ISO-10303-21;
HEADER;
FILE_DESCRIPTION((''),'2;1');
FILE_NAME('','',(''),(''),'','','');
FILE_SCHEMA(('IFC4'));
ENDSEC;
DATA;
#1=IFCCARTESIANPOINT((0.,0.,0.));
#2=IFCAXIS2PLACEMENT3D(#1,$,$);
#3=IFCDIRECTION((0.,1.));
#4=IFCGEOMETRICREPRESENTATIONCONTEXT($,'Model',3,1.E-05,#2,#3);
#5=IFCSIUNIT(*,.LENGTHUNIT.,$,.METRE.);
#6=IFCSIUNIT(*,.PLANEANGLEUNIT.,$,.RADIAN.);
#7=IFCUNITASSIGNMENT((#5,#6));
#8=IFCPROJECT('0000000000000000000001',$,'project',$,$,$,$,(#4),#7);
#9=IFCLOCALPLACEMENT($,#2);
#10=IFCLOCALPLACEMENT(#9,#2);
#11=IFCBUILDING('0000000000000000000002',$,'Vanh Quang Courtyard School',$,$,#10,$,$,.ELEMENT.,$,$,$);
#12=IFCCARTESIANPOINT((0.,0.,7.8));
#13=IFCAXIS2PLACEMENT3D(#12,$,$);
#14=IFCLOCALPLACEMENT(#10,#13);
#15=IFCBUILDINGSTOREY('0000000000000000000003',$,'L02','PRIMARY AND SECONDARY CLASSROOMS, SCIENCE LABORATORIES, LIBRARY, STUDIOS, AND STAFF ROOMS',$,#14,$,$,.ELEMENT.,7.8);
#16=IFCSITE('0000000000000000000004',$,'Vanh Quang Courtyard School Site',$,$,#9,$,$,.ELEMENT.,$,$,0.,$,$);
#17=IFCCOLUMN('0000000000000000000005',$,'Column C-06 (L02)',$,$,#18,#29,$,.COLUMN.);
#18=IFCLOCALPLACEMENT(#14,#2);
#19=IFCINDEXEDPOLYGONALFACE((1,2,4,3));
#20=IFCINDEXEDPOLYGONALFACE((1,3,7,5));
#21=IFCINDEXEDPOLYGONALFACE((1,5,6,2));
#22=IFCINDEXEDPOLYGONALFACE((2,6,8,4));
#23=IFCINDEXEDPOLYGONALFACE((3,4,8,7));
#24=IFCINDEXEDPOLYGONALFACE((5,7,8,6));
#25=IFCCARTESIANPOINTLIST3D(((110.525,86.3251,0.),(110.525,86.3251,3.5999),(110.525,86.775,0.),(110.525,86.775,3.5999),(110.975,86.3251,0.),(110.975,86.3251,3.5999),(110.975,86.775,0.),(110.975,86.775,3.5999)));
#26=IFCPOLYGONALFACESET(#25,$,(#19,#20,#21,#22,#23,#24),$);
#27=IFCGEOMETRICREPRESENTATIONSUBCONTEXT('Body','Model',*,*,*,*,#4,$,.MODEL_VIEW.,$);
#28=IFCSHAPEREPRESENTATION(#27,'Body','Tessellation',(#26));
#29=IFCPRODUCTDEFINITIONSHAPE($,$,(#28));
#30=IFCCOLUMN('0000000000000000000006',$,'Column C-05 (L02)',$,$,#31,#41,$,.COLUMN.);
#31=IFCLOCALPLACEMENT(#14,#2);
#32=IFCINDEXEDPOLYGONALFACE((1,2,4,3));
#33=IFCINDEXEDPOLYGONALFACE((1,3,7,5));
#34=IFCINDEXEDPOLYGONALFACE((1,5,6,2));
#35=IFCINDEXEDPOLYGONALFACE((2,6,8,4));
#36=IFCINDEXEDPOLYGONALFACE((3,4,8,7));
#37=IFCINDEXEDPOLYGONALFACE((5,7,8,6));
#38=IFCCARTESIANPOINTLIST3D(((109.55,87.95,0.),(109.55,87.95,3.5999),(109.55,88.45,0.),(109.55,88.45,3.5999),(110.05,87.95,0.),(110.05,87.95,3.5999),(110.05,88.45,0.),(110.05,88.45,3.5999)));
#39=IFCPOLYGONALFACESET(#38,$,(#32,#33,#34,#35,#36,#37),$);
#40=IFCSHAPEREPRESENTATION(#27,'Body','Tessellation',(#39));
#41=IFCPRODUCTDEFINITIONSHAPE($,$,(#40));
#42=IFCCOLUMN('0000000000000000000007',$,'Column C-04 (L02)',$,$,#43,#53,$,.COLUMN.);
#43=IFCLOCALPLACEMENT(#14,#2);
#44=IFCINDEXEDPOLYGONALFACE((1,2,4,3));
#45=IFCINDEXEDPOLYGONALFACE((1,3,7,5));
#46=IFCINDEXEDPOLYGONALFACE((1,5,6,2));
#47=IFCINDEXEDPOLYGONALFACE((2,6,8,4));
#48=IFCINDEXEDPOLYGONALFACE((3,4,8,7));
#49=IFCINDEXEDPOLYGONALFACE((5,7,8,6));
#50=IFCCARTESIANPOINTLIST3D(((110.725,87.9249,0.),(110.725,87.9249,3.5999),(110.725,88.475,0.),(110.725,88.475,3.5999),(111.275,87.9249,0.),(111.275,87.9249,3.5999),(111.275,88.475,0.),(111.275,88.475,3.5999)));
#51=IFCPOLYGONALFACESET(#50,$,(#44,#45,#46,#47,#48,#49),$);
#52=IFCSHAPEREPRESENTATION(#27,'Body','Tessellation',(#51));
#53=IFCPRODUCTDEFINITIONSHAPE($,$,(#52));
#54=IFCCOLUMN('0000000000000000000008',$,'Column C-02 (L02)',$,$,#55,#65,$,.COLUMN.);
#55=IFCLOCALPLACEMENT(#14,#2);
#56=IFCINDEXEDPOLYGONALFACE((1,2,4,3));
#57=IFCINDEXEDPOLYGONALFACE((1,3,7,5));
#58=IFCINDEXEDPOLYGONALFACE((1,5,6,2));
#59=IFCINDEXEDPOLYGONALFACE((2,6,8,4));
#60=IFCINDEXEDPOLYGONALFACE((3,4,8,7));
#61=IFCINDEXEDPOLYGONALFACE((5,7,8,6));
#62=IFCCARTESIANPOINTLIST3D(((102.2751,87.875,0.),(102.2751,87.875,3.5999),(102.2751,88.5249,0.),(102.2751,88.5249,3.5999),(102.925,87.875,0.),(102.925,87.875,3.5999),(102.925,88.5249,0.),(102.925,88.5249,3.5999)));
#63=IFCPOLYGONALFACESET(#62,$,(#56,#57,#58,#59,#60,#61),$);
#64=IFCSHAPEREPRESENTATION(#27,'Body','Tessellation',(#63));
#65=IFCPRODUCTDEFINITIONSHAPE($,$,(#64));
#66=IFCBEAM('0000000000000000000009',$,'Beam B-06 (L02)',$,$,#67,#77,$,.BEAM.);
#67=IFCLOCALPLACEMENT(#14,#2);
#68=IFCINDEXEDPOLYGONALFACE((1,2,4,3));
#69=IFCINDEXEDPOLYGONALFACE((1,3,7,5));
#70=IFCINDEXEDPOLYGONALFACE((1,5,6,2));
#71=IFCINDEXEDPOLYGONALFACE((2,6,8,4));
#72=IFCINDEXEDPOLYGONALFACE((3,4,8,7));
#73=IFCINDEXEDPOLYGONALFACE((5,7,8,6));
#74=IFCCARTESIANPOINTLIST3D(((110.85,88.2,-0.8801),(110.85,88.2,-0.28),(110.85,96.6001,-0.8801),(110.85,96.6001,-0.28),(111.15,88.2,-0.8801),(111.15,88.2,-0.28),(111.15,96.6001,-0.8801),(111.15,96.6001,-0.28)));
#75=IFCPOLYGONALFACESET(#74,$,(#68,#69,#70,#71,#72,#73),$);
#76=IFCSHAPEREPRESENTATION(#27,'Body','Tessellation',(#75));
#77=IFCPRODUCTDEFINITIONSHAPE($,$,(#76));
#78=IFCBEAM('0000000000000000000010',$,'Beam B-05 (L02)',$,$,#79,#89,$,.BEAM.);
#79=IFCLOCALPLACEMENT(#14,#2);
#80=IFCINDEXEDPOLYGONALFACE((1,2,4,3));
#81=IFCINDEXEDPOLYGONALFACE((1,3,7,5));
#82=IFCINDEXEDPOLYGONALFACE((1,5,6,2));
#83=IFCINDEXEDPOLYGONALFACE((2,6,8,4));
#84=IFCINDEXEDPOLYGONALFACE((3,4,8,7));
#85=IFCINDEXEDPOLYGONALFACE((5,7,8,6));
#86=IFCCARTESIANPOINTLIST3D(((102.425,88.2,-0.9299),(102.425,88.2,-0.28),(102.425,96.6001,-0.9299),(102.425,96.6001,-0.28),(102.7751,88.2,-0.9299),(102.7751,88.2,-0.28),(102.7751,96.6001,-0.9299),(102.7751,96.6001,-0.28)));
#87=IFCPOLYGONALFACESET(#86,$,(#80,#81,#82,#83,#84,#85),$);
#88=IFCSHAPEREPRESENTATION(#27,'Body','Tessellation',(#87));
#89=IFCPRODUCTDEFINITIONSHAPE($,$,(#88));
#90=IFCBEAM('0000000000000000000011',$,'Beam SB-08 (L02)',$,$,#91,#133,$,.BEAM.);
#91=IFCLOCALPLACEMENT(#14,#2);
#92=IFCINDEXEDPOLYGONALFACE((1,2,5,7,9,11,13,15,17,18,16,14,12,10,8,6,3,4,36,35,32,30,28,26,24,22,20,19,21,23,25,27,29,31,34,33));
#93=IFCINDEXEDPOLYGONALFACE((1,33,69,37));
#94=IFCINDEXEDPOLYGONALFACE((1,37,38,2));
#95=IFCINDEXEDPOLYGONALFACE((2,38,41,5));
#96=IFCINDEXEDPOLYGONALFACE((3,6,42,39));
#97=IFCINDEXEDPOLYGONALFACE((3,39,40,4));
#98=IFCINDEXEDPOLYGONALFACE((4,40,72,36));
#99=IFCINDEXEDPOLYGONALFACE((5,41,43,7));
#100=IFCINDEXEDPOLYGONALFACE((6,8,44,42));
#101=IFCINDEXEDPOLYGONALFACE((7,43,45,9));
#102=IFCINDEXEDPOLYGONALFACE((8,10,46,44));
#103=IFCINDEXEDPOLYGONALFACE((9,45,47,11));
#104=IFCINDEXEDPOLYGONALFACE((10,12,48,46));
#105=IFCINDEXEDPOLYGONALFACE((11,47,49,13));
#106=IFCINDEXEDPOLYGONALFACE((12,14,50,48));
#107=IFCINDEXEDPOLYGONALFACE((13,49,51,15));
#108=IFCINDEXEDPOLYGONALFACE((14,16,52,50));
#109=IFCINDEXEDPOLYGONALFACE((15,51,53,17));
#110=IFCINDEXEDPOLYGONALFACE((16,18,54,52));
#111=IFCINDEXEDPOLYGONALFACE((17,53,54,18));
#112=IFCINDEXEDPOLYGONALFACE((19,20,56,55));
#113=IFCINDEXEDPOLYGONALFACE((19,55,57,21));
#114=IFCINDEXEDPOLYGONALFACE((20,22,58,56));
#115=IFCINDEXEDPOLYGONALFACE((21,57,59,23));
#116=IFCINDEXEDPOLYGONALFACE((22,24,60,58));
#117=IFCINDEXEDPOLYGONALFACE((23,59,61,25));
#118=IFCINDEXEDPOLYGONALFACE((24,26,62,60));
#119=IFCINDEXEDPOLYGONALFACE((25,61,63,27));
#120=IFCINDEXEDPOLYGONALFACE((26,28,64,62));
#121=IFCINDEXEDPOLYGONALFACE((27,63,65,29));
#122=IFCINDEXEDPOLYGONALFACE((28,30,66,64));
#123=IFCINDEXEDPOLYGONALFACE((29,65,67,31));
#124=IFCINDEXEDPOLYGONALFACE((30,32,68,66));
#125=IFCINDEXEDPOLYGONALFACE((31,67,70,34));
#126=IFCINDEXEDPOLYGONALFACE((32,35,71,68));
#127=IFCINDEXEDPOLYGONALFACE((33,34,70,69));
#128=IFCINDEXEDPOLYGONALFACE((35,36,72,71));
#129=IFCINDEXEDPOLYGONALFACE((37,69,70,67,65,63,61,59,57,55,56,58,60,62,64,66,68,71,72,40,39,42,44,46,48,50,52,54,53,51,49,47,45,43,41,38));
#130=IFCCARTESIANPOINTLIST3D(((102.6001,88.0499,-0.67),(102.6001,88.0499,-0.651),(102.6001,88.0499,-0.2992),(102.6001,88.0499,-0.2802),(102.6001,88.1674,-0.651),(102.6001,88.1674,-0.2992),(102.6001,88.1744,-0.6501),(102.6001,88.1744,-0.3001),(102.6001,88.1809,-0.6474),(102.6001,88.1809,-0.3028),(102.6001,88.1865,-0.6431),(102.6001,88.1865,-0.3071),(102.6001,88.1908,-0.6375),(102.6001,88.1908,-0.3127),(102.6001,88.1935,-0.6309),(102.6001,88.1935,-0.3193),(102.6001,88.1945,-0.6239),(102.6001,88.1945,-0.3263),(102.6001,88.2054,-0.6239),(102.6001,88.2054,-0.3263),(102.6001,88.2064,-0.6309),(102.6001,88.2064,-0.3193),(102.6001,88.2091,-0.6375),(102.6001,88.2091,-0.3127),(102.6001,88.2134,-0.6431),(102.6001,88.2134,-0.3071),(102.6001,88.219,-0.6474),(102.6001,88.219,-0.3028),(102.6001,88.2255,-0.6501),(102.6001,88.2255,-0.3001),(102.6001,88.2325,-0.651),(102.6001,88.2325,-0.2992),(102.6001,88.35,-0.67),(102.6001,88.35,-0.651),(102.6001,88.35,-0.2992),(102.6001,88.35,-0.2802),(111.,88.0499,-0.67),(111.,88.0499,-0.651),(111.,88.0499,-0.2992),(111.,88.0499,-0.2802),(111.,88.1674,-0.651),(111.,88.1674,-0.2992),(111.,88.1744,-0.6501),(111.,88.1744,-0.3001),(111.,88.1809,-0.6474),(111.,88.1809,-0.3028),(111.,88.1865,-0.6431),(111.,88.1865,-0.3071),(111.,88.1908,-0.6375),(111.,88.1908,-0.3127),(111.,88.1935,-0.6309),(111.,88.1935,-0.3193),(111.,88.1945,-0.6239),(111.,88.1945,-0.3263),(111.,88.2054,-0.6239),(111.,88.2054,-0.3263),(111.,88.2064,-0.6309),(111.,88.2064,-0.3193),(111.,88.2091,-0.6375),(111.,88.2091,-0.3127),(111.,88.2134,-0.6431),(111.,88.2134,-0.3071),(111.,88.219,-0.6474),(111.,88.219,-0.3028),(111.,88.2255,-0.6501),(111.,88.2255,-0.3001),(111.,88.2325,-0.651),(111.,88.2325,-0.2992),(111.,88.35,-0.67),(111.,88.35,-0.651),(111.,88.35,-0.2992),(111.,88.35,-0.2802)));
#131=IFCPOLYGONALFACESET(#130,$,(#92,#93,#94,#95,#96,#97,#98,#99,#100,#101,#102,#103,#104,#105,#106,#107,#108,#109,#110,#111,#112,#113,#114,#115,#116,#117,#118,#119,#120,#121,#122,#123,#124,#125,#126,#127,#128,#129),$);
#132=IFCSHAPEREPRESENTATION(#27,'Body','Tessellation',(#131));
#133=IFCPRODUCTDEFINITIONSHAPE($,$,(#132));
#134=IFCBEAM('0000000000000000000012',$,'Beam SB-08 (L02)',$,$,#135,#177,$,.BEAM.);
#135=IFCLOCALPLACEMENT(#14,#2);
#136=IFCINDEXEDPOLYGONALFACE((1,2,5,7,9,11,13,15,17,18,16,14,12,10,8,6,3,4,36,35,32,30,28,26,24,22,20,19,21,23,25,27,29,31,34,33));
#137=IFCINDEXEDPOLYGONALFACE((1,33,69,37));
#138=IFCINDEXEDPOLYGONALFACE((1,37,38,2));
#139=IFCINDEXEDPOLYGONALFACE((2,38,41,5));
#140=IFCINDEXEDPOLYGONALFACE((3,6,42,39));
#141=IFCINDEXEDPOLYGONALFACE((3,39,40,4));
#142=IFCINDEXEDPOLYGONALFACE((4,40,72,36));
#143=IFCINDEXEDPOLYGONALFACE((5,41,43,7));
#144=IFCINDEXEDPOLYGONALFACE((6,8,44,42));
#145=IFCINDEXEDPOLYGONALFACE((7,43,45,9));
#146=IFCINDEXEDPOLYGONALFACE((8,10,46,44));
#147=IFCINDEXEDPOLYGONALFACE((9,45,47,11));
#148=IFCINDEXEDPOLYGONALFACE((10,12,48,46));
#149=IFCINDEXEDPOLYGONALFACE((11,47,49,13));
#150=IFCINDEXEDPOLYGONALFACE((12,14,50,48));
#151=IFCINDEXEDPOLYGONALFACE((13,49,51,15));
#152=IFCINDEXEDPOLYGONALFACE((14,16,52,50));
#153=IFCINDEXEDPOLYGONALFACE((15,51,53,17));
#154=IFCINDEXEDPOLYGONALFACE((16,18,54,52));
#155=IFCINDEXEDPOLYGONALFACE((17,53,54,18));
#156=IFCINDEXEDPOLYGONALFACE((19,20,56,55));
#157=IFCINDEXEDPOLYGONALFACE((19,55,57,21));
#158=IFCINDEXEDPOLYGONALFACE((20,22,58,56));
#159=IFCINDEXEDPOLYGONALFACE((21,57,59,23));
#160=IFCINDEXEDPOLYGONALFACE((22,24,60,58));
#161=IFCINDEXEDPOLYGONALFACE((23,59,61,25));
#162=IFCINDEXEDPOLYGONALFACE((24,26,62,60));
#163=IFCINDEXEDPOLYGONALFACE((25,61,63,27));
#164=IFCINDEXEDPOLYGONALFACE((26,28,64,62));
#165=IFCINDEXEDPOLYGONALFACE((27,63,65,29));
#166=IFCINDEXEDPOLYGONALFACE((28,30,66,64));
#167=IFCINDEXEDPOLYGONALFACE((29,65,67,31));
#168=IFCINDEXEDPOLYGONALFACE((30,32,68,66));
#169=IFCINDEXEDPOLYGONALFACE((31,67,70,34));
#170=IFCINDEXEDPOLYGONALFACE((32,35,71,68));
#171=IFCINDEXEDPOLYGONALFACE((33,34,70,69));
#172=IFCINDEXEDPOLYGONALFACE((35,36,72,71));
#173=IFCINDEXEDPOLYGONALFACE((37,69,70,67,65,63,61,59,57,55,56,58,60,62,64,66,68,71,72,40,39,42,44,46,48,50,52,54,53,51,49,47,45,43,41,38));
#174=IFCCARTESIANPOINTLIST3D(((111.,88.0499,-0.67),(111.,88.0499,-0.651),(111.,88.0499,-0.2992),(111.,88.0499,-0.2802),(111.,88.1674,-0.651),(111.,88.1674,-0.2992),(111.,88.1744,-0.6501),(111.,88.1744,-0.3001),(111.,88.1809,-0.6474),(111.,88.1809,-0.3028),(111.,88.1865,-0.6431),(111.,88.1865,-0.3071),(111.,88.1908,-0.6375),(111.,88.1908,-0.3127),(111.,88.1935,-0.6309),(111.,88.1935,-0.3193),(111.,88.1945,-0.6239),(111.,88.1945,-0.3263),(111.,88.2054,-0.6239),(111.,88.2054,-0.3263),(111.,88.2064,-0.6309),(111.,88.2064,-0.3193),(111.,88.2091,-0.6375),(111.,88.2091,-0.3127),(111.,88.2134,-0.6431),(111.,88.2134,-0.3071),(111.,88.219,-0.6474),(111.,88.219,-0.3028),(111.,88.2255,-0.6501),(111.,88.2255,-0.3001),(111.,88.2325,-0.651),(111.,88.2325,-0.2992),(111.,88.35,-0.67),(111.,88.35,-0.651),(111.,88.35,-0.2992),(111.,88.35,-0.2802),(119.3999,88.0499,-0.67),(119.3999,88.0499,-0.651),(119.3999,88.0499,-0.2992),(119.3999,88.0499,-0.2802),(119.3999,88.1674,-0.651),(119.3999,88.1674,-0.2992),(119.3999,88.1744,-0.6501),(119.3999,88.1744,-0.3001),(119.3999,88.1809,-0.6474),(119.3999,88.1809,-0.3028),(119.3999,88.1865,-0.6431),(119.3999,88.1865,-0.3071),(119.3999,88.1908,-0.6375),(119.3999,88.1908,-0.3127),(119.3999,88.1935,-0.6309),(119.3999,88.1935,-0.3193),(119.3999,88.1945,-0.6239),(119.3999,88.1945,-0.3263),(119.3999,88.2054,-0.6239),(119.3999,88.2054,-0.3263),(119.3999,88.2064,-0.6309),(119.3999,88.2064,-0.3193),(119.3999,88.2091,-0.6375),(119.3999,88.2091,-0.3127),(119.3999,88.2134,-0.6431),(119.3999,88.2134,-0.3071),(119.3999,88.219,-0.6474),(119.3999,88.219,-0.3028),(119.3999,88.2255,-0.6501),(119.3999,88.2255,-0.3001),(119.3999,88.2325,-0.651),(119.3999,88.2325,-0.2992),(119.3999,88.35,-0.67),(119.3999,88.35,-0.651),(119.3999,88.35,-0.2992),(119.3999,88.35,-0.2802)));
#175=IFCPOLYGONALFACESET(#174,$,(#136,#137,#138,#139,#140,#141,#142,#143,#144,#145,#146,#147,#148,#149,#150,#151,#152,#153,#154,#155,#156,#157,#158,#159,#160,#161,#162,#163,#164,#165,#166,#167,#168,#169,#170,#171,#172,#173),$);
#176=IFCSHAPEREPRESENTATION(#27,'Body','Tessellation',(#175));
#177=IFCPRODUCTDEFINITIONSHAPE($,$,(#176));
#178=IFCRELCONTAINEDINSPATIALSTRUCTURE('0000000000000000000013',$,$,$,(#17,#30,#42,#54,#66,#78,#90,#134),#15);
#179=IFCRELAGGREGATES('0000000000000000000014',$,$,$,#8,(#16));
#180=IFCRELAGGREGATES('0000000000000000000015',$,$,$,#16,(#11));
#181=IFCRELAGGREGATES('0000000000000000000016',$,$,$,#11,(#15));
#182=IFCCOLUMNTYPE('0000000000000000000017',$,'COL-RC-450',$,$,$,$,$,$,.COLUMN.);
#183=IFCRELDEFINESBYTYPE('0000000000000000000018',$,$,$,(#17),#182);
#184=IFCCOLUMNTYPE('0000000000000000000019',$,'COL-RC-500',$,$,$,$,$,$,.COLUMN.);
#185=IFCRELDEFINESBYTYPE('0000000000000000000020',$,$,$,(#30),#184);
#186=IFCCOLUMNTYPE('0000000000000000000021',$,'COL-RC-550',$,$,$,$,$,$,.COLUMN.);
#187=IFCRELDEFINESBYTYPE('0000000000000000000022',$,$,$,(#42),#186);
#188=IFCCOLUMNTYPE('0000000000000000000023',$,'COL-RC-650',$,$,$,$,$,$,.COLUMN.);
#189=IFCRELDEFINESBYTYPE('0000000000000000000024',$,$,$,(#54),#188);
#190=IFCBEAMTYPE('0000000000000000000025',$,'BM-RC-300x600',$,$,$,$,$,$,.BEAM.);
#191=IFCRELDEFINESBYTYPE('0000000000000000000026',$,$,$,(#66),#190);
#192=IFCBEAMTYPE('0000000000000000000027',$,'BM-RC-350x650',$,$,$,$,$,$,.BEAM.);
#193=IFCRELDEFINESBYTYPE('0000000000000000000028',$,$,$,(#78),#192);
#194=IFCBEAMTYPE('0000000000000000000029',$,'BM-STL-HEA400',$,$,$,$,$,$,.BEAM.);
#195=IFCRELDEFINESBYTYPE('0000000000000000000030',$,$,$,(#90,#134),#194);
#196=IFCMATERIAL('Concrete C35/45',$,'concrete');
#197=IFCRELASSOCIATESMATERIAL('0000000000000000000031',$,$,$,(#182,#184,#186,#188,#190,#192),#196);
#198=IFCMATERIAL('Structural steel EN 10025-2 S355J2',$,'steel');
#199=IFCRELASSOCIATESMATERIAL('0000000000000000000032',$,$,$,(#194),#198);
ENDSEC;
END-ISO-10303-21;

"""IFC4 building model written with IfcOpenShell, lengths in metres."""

from ifc_helpers import new_model, si_unit, direction, frame, origin, origin_2d, place, context, subcontext, project, spatial, rectangle, i_section, extrude, material, material_profile, profile_set, type_object, element, save


model = new_model("IFC4")

# Units and contexts
model_context = context("Model", 3, precision=1e-05, world=origin(), true_north=direction((0.0, 1.0)))
body_context = subcontext(model_context, "Body", "Model", "MODEL_VIEW")
ifc_project = project(units=[si_unit("LENGTHUNIT", "METRE"), si_unit("PLANEANGLEUNIT", "RADIAN")], contexts=[model_context])

# Site, building, storey
site_placement = place(None, origin())
site = spatial("IfcSite", under=ifc_project, at=site_placement, Name="Vanh Quang Courtyard School Site", CompositionType="ELEMENT", RefElevation=0.0)
building_placement = place(site_placement, origin())
building = spatial("IfcBuilding", under=site, at=building_placement, Name="Vanh Quang Courtyard School", CompositionType="ELEMENT")
storey_placement = place(building_placement, frame((0.0, 0.0, 7.8)))
storey = spatial("IfcBuildingStorey", under=building, at=storey_placement, Name="L02", Description="PRIMARY AND SECONDARY CLASSROOMS, SCIENCE LABORATORIES, LIBRARY, STUDIOS, AND STAFF ROOMS", CompositionType="ELEMENT", Elevation=7.8)

# Columns
ifc_material_1 = material(Name="Concrete C35/45", Category="concrete")
ifc_material_profile_1 = material_profile(ifc_material_1, rectangle(XDim=0.45, YDim=0.45, at=origin_2d()), Name="RC-COL 450x450")
ifc_profile_set_1 = profile_set([ifc_material_profile_1], Name="Concrete C35/45")
column_type_1 = type_object("IfcColumnType", Name="COL-RC-450", PredefinedType="COLUMN", material=ifc_profile_set_1)
column_1_placement = place(storey_placement, frame((110.75, 86.55, 0.0), z_axis=(0.0, 0.0, 1.0), x_axis=(1.0, 0.0, 0.0)))
element("IfcColumn", 1, at=column_1_placement, inside=storey, type_object=column_type_1, Name="Column C-06 (L02)", PredefinedType="COLUMN", context=body_context, shape_type="SweptSolid", body=[
    extrude(rectangle(XDim=0.45, YDim=0.45, at=origin_2d()), origin(), (0.0, 0.0, 1.0), 3.5999),
])
ifc_material_profile_2 = material_profile(ifc_material_1, rectangle(XDim=0.5, YDim=0.5, at=origin_2d()), Name="RC-COL 500x500")
ifc_profile_set_2 = profile_set([ifc_material_profile_2], Name="Concrete C35/45")
column_type_2 = type_object("IfcColumnType", Name="COL-RC-500", PredefinedType="COLUMN", material=ifc_profile_set_2)
column_2_placement = place(storey_placement, frame((109.8, 88.2, 0.0), z_axis=(0.0, 0.0, 1.0), x_axis=(1.0, 0.0, 0.0)))
element("IfcColumn", 2, at=column_2_placement, inside=storey, type_object=column_type_2, Name="Column C-05 (L02)", PredefinedType="COLUMN", context=body_context, shape_type="SweptSolid", body=[
    extrude(rectangle(XDim=0.5, YDim=0.5, at=origin_2d()), origin(), (0.0, 0.0, 1.0), 3.5999),
])
ifc_material_profile_3 = material_profile(ifc_material_1, rectangle(XDim=0.55, YDim=0.55, at=origin_2d()), Name="RC-COL 550x550")
ifc_profile_set_3 = profile_set([ifc_material_profile_3], Name="Concrete C35/45")
column_type_3 = type_object("IfcColumnType", Name="COL-RC-550", PredefinedType="COLUMN", material=ifc_profile_set_3)
column_3_placement = place(storey_placement, frame((111.0, 88.2, 0.0), z_axis=(0.0, 0.0, 1.0), x_axis=(1.0, 0.0, 0.0)))
element("IfcColumn", 3, at=column_3_placement, inside=storey, type_object=column_type_3, Name="Column C-04 (L02)", PredefinedType="COLUMN", context=body_context, shape_type="SweptSolid", body=[
    extrude(rectangle(XDim=0.55, YDim=0.55, at=origin_2d()), origin(), (0.0, 0.0, 1.0), 3.5999),
])
ifc_material_profile_4 = material_profile(ifc_material_1, rectangle(XDim=0.6499, YDim=0.6499, at=origin_2d()), Name="RC-COL 650x650")
ifc_profile_set_4 = profile_set([ifc_material_profile_4], Name="Concrete C35/45")
column_type_4 = type_object("IfcColumnType", Name="COL-RC-650", PredefinedType="COLUMN", material=ifc_profile_set_4)
column_4_placement = place(storey_placement, frame((102.6001, 88.2, 0.0), z_axis=(0.0, 0.0, 1.0), x_axis=(1.0, 0.0, 0.0)))
element("IfcColumn", 4, at=column_4_placement, inside=storey, type_object=column_type_4, Name="Column C-02 (L02)", PredefinedType="COLUMN", context=body_context, shape_type="SweptSolid", body=[
    extrude(rectangle(XDim=0.6499, YDim=0.6499, at=origin_2d()), origin(), (0.0, 0.0, 1.0), 3.5999),
])

# Beams
ifc_material_profile_5 = material_profile(ifc_material_1, rectangle(XDim=0.3, YDim=0.6001, at=origin_2d()), Name="RC-BM 300x600")
ifc_profile_set_5 = profile_set([ifc_material_profile_5], Name="Concrete C35/45")
beam_type_1 = type_object("IfcBeamType", Name="BM-RC-300x600", PredefinedType="BEAM", material=ifc_profile_set_5)
beam_1_placement = place(storey_placement, frame((111.0, 88.2, -0.5801), z_axis=(0.0, 1.0, 0.0), x_axis=(-1.0, 0.0, 0.0)))
element("IfcBeam", 5, at=beam_1_placement, inside=storey, type_object=beam_type_1, Name="Beam B-06 (L02)", PredefinedType="BEAM", context=body_context, shape_type="SweptSolid", body=[
    extrude(rectangle(XDim=0.3, YDim=0.6001, at=origin_2d()), origin(), (0.0, 0.0, 1.0), 8.4001),
])
ifc_material_profile_6 = material_profile(ifc_material_1, rectangle(XDim=0.3501, YDim=0.6499, at=origin_2d()), Name="RC-BM 350x650")
ifc_profile_set_6 = profile_set([ifc_material_profile_6], Name="Concrete C35/45")
beam_type_2 = type_object("IfcBeamType", Name="BM-RC-350x650", PredefinedType="BEAM", material=ifc_profile_set_6)
beam_2_placement = place(storey_placement, frame((102.6001, 88.2, -0.605), z_axis=(0.0, 1.0, 0.0), x_axis=(-1.0, 0.0, 0.0)))
element("IfcBeam", 6, at=beam_2_placement, inside=storey, type_object=beam_type_2, Name="Beam B-05 (L02)", PredefinedType="BEAM", context=body_context, shape_type="SweptSolid", body=[
    extrude(rectangle(XDim=0.3501, YDim=0.6499, at=origin_2d()), origin(), (0.0, 0.0, 1.0), 8.4001),
])
ifc_material_2 = material(Name="Structural steel EN 10025-2 S355J2", Category="steel")
ifc_material_profile_7 = material_profile(ifc_material_2, i_section(OverallWidth=0.3, OverallDepth=0.3899, WebThickness=0.011, FlangeThickness=0.019, FilletRadius=0.0271, at=origin_2d()), Name="HEA 400")
ifc_profile_set_7 = profile_set([ifc_material_profile_7], Name="Structural steel EN 10025-2 S355J2")
beam_type_3 = type_object("IfcBeamType", Name="BM-STL-HEA400", PredefinedType="BEAM", material=ifc_profile_set_7)
for number, where, z_axis, x_axis, name in (
    (7, (102.6001, 88.2, -0.4751), (1.0, 0.0, 0.0), (0.0, 1.0, 0.0), "Beam SB-08 (L02)"),
    (8, (111.0, 88.2, -0.4751), (1.0, 0.0, 0.0), (0.0, 1.0, 0.0), "Beam SB-08 (L02)"),
):
    element("IfcBeam", number, at=place(storey_placement, frame(where, z_axis=z_axis, x_axis=x_axis)), inside=storey, type_object=beam_type_3, Name=name, PredefinedType="BEAM", context=body_context, shape_type="SweptSolid", body=[
        extrude(i_section(OverallWidth=0.3, OverallDepth=0.3899, WebThickness=0.011, FlangeThickness=0.019, FilletRadius=0.0271, at=origin_2d()), origin(), (0.0, 0.0, 1.0), 8.3999),
    ])

save(model, "model.ifc")
